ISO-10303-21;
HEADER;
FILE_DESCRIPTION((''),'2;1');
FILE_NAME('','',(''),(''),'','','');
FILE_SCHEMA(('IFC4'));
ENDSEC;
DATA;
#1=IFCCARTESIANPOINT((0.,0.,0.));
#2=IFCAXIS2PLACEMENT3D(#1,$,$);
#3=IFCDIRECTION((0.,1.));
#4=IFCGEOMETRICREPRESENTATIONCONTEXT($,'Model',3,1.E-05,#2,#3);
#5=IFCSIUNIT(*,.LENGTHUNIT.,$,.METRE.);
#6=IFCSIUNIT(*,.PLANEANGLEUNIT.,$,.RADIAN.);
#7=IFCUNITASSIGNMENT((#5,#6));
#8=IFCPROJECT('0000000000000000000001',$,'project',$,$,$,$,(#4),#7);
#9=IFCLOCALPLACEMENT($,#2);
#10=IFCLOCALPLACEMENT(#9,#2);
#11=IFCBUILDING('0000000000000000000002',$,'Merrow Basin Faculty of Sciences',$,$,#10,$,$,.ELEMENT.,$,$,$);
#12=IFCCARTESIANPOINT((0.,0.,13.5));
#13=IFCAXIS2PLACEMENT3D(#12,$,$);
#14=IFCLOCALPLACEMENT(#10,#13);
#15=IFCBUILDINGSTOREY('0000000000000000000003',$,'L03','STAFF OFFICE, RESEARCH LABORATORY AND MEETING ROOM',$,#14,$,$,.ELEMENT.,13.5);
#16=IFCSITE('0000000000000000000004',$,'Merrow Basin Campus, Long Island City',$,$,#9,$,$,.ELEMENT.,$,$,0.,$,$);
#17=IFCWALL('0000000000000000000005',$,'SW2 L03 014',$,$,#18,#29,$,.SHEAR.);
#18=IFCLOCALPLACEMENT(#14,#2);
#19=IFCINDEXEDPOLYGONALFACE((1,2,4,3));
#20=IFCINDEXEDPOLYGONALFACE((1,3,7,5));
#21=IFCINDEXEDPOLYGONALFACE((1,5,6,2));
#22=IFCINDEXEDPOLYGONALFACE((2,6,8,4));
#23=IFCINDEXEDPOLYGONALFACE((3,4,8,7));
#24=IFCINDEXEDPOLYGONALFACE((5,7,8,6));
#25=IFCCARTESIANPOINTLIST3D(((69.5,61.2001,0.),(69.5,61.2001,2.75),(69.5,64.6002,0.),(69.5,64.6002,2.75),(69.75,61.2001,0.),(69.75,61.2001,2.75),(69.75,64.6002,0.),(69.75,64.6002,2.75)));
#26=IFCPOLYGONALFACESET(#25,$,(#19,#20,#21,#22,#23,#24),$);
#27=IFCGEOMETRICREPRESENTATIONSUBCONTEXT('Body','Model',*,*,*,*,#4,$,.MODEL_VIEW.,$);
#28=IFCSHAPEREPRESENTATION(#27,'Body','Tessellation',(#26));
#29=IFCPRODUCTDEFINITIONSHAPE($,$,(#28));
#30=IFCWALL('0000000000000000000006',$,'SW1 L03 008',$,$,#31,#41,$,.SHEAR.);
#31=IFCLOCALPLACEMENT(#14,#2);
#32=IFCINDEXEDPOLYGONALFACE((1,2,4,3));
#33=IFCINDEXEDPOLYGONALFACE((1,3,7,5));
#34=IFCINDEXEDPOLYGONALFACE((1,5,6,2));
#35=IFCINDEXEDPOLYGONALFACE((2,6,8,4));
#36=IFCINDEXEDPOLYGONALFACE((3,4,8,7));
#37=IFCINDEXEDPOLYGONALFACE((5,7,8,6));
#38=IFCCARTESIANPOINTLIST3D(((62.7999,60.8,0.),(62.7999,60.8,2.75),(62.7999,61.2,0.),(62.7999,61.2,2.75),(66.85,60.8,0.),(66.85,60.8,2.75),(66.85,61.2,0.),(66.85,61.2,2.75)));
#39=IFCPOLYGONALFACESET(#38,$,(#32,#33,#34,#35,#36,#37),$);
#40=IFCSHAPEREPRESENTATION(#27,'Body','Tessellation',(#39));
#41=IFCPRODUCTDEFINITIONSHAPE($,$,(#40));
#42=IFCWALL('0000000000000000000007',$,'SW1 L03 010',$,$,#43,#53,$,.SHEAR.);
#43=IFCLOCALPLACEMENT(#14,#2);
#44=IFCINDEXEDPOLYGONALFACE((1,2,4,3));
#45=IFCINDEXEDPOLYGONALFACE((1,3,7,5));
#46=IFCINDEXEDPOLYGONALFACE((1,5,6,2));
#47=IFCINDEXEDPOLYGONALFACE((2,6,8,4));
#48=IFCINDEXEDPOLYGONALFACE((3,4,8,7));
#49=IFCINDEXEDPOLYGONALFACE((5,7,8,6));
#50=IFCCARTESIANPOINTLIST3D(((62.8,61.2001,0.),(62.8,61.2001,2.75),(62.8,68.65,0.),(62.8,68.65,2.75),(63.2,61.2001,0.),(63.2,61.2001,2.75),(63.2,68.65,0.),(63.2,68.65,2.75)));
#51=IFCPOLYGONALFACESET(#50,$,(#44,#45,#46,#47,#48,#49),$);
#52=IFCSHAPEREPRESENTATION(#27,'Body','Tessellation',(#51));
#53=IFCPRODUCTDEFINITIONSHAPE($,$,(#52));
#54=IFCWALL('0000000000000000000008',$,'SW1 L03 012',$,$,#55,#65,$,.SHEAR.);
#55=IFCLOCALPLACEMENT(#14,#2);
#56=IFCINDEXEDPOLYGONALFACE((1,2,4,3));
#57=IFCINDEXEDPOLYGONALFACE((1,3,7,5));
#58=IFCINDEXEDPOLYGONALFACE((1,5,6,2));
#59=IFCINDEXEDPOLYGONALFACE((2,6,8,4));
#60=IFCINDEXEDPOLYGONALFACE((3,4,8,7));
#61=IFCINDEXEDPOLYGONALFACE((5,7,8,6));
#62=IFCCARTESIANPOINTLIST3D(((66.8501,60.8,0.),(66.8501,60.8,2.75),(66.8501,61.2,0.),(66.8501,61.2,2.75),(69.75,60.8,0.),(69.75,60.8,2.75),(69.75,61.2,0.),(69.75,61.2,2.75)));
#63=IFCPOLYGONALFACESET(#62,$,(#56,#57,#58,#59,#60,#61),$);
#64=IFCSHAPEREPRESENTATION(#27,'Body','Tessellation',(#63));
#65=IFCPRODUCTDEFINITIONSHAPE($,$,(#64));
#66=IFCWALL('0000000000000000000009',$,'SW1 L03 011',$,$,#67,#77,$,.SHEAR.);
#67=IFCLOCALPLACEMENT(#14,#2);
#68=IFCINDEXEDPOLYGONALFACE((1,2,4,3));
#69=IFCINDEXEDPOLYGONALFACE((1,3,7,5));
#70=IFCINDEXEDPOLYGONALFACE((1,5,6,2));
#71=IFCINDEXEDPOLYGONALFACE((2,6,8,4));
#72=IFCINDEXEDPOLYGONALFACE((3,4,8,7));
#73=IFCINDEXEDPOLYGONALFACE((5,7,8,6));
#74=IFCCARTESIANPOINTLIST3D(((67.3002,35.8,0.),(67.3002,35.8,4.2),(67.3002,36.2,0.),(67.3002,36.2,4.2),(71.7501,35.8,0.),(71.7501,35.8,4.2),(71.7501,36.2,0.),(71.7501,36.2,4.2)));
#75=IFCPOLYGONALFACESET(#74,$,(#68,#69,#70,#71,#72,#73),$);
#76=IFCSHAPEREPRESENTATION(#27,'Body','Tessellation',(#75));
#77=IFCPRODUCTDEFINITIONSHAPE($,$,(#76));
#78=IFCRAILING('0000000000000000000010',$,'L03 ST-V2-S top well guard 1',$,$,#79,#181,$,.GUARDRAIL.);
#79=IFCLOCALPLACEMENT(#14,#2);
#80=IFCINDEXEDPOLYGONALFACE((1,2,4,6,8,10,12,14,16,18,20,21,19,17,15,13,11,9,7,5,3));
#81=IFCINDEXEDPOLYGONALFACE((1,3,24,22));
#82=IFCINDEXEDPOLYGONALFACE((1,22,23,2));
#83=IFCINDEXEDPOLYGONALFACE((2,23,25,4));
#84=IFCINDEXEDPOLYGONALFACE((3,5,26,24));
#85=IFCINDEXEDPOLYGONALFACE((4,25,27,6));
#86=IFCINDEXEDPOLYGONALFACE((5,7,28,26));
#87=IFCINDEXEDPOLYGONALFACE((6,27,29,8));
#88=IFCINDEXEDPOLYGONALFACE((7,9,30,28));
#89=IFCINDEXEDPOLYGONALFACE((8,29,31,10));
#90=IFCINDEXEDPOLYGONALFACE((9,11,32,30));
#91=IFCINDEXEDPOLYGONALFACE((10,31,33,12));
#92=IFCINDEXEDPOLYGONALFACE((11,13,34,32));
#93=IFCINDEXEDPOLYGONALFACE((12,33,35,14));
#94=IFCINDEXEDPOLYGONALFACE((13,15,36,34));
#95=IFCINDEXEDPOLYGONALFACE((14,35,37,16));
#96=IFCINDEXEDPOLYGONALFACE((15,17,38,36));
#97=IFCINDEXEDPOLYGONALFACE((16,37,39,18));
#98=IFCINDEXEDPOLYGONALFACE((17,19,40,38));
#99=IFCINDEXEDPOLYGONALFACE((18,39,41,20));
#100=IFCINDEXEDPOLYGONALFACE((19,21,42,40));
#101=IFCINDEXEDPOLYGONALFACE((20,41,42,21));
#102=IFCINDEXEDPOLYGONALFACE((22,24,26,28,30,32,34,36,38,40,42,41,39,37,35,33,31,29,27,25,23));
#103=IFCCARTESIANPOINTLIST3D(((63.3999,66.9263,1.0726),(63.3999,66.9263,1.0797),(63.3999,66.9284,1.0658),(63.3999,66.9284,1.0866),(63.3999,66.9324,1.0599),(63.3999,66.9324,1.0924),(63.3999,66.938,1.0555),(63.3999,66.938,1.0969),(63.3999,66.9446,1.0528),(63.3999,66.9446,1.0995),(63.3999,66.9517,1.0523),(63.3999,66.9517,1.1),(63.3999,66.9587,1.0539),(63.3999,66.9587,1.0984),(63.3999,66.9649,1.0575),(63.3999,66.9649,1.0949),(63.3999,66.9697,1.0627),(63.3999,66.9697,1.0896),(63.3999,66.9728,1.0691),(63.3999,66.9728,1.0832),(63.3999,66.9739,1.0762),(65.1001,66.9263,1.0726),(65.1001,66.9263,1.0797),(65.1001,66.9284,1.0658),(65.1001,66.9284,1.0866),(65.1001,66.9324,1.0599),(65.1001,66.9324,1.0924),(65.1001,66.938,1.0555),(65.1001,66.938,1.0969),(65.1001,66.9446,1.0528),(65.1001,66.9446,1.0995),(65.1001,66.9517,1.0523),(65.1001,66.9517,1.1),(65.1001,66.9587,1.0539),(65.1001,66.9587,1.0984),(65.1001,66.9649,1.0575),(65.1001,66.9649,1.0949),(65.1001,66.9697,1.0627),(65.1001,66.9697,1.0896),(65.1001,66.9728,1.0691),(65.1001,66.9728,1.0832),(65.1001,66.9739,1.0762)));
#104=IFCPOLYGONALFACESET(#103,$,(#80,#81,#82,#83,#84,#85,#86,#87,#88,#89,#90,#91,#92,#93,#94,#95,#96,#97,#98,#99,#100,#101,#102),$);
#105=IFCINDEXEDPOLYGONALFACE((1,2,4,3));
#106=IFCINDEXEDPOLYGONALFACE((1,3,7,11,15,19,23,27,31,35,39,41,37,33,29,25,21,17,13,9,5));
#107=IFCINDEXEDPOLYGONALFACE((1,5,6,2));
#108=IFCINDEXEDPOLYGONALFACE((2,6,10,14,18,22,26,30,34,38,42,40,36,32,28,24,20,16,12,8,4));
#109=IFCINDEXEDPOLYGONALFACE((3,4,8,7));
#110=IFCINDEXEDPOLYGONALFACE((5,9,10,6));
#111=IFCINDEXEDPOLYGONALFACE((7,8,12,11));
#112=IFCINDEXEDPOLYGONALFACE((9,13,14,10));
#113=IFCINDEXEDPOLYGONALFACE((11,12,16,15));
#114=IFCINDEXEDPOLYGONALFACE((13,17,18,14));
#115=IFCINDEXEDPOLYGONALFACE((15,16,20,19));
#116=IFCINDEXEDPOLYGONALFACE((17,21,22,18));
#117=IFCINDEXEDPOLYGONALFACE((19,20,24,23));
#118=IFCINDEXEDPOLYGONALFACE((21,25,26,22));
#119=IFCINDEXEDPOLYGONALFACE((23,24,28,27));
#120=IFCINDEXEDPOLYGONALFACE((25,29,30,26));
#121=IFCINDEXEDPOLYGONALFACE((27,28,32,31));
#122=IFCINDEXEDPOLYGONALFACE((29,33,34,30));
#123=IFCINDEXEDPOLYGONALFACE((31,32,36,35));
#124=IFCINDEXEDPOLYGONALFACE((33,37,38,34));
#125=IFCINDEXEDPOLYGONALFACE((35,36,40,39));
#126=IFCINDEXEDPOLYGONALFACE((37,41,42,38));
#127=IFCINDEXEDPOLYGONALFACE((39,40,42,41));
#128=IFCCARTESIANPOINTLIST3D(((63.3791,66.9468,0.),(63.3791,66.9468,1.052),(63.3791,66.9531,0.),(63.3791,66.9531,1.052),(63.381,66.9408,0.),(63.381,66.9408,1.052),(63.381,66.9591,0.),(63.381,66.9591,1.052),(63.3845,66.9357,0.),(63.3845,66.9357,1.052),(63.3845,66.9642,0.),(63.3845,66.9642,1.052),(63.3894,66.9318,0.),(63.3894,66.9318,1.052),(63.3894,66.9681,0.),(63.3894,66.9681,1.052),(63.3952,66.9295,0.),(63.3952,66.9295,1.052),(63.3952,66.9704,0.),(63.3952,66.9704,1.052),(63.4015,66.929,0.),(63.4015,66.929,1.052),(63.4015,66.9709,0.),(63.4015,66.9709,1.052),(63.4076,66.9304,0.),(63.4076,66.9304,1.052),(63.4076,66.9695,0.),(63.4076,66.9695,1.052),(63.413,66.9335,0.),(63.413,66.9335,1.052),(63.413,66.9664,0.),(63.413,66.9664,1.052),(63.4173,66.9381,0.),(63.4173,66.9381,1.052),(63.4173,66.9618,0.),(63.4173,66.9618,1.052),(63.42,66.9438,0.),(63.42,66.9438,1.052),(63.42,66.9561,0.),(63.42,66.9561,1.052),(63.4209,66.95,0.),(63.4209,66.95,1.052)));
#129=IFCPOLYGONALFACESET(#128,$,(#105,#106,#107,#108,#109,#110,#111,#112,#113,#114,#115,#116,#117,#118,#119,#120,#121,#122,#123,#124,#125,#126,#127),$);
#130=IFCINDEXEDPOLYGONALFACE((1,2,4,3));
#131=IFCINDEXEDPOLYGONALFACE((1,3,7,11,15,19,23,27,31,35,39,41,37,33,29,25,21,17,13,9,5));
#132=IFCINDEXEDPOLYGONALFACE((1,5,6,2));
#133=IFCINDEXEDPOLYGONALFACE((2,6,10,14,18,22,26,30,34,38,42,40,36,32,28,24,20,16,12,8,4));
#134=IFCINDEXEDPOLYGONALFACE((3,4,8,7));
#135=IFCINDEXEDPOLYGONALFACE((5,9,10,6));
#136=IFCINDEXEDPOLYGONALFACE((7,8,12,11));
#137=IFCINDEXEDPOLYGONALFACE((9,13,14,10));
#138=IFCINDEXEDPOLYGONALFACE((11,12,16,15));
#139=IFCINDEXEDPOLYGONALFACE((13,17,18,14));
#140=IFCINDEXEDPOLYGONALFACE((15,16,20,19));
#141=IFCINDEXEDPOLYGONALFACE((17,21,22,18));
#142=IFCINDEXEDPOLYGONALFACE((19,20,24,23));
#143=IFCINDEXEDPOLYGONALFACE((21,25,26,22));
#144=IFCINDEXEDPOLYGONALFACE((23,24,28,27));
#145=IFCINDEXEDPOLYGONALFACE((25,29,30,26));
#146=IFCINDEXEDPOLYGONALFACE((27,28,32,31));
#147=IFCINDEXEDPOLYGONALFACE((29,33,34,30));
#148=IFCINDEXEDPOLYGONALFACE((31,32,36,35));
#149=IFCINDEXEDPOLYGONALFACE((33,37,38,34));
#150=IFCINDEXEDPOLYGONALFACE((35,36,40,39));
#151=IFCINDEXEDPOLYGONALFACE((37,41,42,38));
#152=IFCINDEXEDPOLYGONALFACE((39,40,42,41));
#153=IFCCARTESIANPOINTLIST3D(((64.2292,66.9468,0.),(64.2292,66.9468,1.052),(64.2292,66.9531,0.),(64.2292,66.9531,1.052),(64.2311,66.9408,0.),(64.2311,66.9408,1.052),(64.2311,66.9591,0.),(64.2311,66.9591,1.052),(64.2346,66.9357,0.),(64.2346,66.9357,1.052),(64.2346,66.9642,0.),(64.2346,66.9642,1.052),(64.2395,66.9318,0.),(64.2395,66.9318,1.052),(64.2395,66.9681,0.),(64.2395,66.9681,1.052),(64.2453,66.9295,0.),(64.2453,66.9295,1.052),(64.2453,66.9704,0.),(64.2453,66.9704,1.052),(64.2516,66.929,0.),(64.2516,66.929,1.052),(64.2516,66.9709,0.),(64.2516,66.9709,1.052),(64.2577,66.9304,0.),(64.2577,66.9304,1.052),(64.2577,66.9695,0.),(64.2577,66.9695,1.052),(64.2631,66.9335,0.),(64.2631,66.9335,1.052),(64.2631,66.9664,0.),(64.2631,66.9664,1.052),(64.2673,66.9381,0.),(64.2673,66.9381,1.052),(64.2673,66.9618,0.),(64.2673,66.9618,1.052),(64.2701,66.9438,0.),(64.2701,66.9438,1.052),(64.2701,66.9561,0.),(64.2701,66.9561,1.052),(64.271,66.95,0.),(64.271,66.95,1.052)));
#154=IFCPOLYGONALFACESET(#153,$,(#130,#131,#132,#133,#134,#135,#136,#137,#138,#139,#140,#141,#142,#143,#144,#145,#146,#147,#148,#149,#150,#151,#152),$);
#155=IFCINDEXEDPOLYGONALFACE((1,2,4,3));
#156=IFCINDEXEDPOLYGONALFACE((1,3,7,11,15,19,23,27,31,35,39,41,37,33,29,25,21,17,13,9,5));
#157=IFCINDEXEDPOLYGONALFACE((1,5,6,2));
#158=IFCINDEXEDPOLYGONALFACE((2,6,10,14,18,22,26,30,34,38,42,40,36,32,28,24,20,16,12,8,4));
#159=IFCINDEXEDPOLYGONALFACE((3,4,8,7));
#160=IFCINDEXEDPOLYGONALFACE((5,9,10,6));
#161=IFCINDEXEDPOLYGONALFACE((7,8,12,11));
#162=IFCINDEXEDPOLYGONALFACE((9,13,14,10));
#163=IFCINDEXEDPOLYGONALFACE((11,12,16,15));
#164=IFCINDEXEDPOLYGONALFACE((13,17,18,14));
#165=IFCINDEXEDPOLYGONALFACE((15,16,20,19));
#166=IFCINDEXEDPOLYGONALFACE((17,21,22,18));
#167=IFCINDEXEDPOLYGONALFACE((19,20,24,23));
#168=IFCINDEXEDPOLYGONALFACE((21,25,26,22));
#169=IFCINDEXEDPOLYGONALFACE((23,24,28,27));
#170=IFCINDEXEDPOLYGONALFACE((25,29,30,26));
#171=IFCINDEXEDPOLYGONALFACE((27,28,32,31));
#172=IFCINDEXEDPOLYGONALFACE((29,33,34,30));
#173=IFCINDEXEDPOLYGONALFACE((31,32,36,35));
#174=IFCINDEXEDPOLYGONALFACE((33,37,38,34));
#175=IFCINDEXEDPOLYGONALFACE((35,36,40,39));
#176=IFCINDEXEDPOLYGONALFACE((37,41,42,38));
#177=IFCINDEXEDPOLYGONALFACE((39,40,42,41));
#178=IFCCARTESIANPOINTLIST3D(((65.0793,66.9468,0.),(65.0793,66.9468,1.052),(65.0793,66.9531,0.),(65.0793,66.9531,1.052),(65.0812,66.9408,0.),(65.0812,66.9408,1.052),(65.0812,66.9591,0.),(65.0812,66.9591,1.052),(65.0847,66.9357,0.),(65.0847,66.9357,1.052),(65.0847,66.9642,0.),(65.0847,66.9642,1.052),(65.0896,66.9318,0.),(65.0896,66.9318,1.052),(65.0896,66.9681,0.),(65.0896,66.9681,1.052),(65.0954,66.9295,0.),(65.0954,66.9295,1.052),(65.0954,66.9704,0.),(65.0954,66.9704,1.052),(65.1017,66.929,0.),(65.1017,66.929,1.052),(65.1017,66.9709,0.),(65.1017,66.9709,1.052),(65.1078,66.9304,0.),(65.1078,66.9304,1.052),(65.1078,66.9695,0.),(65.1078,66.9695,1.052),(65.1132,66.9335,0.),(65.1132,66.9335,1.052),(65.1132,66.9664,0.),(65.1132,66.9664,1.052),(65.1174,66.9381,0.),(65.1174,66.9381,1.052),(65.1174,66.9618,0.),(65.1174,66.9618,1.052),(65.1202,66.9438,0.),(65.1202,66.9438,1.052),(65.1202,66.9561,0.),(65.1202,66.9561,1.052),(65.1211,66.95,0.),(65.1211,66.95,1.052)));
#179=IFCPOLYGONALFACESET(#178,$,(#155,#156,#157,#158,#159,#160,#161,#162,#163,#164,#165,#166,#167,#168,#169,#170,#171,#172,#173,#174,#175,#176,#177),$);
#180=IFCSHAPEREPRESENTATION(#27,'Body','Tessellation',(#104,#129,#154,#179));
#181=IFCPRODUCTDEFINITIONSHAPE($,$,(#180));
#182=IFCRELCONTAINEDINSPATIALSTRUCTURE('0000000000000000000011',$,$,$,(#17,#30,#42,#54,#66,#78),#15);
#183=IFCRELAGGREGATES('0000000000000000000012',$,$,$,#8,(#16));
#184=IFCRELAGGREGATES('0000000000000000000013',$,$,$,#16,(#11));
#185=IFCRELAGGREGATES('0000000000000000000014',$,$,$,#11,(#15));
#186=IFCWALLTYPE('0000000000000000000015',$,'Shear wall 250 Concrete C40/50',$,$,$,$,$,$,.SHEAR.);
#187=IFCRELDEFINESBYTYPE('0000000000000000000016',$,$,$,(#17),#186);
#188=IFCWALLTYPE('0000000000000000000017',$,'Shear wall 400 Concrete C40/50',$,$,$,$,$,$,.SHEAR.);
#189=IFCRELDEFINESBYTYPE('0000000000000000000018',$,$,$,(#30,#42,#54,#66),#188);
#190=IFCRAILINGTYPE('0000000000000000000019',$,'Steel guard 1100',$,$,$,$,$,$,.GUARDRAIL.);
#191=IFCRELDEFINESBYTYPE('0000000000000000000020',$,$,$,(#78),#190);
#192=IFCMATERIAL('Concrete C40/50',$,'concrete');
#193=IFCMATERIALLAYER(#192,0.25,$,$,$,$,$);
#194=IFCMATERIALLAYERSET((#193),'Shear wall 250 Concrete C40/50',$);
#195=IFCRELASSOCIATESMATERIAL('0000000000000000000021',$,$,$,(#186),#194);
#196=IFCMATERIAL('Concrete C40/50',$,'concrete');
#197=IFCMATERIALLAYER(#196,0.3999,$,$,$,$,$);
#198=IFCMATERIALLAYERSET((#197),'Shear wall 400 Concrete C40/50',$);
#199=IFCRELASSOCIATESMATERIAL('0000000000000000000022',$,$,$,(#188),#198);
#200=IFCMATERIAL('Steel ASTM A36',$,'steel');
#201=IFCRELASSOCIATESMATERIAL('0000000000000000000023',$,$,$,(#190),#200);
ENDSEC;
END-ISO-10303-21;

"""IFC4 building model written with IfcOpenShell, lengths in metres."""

from ifc_helpers import new_model, si_unit, direction, frame, frame_2d, origin, origin_2d, place, context, subcontext, project, spatial, rectangle, circle, extrude, material, layer, layer_set, type_object, element, save


model = new_model("IFC4")

# Units and contexts
model_context = context("Model", 3, precision=1e-05, world=origin(), true_north=direction((0.0, 1.0)))
body_context = subcontext(model_context, "Body", "Model", "MODEL_VIEW")
ifc_project = project(units=[si_unit("LENGTHUNIT", "METRE"), si_unit("PLANEANGLEUNIT", "RADIAN")], contexts=[model_context])

# Site, building, storey
site_placement = place(None, origin())
site = spatial("IfcSite", under=ifc_project, at=site_placement, Name="Merrow Basin Campus, Long Island City", CompositionType="ELEMENT", RefElevation=0.0)
building_placement = place(site_placement, origin())
building = spatial("IfcBuilding", under=site, at=building_placement, Name="Merrow Basin Faculty of Sciences", CompositionType="ELEMENT")
storey_placement = place(building_placement, frame((0.0, 0.0, 13.5)))
storey = spatial("IfcBuildingStorey", under=building, at=storey_placement, Name="L03", Description="STAFF OFFICE, RESEARCH LABORATORY AND MEETING ROOM", CompositionType="ELEMENT", Elevation=13.5)

# Shared definitions
ifc_material_1 = material(Name="Concrete C40/50", Category="concrete")
ifc_layer_1 = layer(ifc_material_1, 0.25)
ifc_layer_set_1 = layer_set([ifc_layer_1], Name="Shear wall 250 Concrete C40/50")
wall_type_1 = type_object("IfcWallType", Name="Shear wall 250 Concrete C40/50", PredefinedType="SHEAR", material=ifc_layer_set_1)

# Walls
wall_1_placement = place(storey_placement, frame((69.625, 61.2, 0.0), z_axis=(0.0, 0.0, 1.0), x_axis=(0.0, 1.0, 0.0)))
element("IfcWall", 1, at=wall_1_placement, inside=storey, type_object=wall_type_1, Name="SW2 L03 014", PredefinedType="SHEAR", context=body_context, shape_type="SweptSolid", body=[
    extrude(rectangle(XDim=3.4001, YDim=0.25, at=frame_2d((1.7002, 0.0))), origin(), (0.0, 0.0, 1.0), 2.75),
])
ifc_material_2 = material(Name="Concrete C40/50", Category="concrete")
ifc_layer_2 = layer(ifc_material_2, 0.3999)
ifc_layer_set_2 = layer_set([ifc_layer_2], Name="Shear wall 400 Concrete C40/50")
wall_type_2 = type_object("IfcWallType", Name="Shear wall 400 Concrete C40/50", PredefinedType="SHEAR", material=ifc_layer_set_2)
wall_2_placement = place(storey_placement, frame((62.8, 61.0, 0.0), z_axis=(0.0, 0.0, 1.0), x_axis=(1.0, 0.0, 0.0)))
element("IfcWall", 2, at=wall_2_placement, inside=storey, type_object=wall_type_2, Name="SW1 L03 008", PredefinedType="SHEAR", context=body_context, shape_type="SweptSolid", body=[
    extrude(rectangle(XDim=4.05, YDim=0.3999, at=frame_2d((2.0249, 0.0))), origin(), (0.0, 0.0, 1.0), 2.75),
])
wall_3_placement = place(storey_placement, frame((63.0, 61.2, 0.0), z_axis=(0.0, 0.0, 1.0), x_axis=(0.0, 1.0, 0.0)))
element("IfcWall", 3, at=wall_3_placement, inside=storey, type_object=wall_type_2, Name="SW1 L03 010", PredefinedType="SHEAR", context=body_context, shape_type="SweptSolid", body=[
    extrude(rectangle(XDim=7.45, YDim=0.3999, at=frame_2d((3.7251, 0.0))), origin(), (0.0, 0.0, 1.0), 2.75),
])
wall_4_placement = place(storey_placement, frame((66.8501, 61.0, 0.0), z_axis=(0.0, 0.0, 1.0), x_axis=(1.0, 0.0, 0.0)))
element("IfcWall", 4, at=wall_4_placement, inside=storey, type_object=wall_type_2, Name="SW1 L03 012", PredefinedType="SHEAR", context=body_context, shape_type="SweptSolid", body=[
    extrude(rectangle(XDim=2.8999, YDim=0.3999, at=frame_2d((1.45, 0.0))), origin(), (0.0, 0.0, 1.0), 2.75),
])
wall_5_placement = place(storey_placement, frame((67.3, 36.0, 0.0), z_axis=(0.0, 0.0, 1.0), x_axis=(1.0, 0.0, 0.0)))
element("IfcWall", 5, at=wall_5_placement, inside=storey, type_object=wall_type_2, Name="SW1 L03 011", PredefinedType="SHEAR", context=body_context, shape_type="SweptSolid", body=[
    extrude(rectangle(XDim=4.45, YDim=0.3999, at=frame_2d((2.2251, 0.0))), origin(), (0.0, 0.0, 1.0), 4.2),
])

# Railing
ifc_material_3 = material(Name="Steel ASTM A36", Category="steel")
railing_type_1 = type_object("IfcRailingType", Name="Steel guard 1100", PredefinedType="GUARDRAIL", material=ifc_material_3)
railing_1_placement = place(storey_placement, frame((63.3999, 66.95, 0.0)))
element("IfcRailing", 6, at=railing_1_placement, inside=storey, type_object=railing_type_1, Name="L03 ST-V2-S top well guard 1", PredefinedType="GUARDRAIL", context=body_context, shape_type="SweptSolid", body=[
    extrude(circle(Radius=0.0239, at=origin_2d()), frame((0.0, 0.0, 1.0762), z_axis=(1.0, 0.0, 0.0), x_axis=(0.0, 1.0, 0.0)), (0.0, 0.0, 1.0), 1.7002),
    extrude(circle(Radius=0.021, at=origin_2d()), origin(), (0.0, 0.0, 1.0), 1.052),
    extrude(circle(Radius=0.021, at=origin_2d()), frame((0.8501, 0.0, 0.0)), (0.0, 0.0, 1.0), 1.052),
    extrude(circle(Radius=0.021, at=origin_2d()), frame((1.7002, 0.0, 0.0)), (0.0, 0.0, 1.0), 1.052),
])

save(model, "model.ifc")
